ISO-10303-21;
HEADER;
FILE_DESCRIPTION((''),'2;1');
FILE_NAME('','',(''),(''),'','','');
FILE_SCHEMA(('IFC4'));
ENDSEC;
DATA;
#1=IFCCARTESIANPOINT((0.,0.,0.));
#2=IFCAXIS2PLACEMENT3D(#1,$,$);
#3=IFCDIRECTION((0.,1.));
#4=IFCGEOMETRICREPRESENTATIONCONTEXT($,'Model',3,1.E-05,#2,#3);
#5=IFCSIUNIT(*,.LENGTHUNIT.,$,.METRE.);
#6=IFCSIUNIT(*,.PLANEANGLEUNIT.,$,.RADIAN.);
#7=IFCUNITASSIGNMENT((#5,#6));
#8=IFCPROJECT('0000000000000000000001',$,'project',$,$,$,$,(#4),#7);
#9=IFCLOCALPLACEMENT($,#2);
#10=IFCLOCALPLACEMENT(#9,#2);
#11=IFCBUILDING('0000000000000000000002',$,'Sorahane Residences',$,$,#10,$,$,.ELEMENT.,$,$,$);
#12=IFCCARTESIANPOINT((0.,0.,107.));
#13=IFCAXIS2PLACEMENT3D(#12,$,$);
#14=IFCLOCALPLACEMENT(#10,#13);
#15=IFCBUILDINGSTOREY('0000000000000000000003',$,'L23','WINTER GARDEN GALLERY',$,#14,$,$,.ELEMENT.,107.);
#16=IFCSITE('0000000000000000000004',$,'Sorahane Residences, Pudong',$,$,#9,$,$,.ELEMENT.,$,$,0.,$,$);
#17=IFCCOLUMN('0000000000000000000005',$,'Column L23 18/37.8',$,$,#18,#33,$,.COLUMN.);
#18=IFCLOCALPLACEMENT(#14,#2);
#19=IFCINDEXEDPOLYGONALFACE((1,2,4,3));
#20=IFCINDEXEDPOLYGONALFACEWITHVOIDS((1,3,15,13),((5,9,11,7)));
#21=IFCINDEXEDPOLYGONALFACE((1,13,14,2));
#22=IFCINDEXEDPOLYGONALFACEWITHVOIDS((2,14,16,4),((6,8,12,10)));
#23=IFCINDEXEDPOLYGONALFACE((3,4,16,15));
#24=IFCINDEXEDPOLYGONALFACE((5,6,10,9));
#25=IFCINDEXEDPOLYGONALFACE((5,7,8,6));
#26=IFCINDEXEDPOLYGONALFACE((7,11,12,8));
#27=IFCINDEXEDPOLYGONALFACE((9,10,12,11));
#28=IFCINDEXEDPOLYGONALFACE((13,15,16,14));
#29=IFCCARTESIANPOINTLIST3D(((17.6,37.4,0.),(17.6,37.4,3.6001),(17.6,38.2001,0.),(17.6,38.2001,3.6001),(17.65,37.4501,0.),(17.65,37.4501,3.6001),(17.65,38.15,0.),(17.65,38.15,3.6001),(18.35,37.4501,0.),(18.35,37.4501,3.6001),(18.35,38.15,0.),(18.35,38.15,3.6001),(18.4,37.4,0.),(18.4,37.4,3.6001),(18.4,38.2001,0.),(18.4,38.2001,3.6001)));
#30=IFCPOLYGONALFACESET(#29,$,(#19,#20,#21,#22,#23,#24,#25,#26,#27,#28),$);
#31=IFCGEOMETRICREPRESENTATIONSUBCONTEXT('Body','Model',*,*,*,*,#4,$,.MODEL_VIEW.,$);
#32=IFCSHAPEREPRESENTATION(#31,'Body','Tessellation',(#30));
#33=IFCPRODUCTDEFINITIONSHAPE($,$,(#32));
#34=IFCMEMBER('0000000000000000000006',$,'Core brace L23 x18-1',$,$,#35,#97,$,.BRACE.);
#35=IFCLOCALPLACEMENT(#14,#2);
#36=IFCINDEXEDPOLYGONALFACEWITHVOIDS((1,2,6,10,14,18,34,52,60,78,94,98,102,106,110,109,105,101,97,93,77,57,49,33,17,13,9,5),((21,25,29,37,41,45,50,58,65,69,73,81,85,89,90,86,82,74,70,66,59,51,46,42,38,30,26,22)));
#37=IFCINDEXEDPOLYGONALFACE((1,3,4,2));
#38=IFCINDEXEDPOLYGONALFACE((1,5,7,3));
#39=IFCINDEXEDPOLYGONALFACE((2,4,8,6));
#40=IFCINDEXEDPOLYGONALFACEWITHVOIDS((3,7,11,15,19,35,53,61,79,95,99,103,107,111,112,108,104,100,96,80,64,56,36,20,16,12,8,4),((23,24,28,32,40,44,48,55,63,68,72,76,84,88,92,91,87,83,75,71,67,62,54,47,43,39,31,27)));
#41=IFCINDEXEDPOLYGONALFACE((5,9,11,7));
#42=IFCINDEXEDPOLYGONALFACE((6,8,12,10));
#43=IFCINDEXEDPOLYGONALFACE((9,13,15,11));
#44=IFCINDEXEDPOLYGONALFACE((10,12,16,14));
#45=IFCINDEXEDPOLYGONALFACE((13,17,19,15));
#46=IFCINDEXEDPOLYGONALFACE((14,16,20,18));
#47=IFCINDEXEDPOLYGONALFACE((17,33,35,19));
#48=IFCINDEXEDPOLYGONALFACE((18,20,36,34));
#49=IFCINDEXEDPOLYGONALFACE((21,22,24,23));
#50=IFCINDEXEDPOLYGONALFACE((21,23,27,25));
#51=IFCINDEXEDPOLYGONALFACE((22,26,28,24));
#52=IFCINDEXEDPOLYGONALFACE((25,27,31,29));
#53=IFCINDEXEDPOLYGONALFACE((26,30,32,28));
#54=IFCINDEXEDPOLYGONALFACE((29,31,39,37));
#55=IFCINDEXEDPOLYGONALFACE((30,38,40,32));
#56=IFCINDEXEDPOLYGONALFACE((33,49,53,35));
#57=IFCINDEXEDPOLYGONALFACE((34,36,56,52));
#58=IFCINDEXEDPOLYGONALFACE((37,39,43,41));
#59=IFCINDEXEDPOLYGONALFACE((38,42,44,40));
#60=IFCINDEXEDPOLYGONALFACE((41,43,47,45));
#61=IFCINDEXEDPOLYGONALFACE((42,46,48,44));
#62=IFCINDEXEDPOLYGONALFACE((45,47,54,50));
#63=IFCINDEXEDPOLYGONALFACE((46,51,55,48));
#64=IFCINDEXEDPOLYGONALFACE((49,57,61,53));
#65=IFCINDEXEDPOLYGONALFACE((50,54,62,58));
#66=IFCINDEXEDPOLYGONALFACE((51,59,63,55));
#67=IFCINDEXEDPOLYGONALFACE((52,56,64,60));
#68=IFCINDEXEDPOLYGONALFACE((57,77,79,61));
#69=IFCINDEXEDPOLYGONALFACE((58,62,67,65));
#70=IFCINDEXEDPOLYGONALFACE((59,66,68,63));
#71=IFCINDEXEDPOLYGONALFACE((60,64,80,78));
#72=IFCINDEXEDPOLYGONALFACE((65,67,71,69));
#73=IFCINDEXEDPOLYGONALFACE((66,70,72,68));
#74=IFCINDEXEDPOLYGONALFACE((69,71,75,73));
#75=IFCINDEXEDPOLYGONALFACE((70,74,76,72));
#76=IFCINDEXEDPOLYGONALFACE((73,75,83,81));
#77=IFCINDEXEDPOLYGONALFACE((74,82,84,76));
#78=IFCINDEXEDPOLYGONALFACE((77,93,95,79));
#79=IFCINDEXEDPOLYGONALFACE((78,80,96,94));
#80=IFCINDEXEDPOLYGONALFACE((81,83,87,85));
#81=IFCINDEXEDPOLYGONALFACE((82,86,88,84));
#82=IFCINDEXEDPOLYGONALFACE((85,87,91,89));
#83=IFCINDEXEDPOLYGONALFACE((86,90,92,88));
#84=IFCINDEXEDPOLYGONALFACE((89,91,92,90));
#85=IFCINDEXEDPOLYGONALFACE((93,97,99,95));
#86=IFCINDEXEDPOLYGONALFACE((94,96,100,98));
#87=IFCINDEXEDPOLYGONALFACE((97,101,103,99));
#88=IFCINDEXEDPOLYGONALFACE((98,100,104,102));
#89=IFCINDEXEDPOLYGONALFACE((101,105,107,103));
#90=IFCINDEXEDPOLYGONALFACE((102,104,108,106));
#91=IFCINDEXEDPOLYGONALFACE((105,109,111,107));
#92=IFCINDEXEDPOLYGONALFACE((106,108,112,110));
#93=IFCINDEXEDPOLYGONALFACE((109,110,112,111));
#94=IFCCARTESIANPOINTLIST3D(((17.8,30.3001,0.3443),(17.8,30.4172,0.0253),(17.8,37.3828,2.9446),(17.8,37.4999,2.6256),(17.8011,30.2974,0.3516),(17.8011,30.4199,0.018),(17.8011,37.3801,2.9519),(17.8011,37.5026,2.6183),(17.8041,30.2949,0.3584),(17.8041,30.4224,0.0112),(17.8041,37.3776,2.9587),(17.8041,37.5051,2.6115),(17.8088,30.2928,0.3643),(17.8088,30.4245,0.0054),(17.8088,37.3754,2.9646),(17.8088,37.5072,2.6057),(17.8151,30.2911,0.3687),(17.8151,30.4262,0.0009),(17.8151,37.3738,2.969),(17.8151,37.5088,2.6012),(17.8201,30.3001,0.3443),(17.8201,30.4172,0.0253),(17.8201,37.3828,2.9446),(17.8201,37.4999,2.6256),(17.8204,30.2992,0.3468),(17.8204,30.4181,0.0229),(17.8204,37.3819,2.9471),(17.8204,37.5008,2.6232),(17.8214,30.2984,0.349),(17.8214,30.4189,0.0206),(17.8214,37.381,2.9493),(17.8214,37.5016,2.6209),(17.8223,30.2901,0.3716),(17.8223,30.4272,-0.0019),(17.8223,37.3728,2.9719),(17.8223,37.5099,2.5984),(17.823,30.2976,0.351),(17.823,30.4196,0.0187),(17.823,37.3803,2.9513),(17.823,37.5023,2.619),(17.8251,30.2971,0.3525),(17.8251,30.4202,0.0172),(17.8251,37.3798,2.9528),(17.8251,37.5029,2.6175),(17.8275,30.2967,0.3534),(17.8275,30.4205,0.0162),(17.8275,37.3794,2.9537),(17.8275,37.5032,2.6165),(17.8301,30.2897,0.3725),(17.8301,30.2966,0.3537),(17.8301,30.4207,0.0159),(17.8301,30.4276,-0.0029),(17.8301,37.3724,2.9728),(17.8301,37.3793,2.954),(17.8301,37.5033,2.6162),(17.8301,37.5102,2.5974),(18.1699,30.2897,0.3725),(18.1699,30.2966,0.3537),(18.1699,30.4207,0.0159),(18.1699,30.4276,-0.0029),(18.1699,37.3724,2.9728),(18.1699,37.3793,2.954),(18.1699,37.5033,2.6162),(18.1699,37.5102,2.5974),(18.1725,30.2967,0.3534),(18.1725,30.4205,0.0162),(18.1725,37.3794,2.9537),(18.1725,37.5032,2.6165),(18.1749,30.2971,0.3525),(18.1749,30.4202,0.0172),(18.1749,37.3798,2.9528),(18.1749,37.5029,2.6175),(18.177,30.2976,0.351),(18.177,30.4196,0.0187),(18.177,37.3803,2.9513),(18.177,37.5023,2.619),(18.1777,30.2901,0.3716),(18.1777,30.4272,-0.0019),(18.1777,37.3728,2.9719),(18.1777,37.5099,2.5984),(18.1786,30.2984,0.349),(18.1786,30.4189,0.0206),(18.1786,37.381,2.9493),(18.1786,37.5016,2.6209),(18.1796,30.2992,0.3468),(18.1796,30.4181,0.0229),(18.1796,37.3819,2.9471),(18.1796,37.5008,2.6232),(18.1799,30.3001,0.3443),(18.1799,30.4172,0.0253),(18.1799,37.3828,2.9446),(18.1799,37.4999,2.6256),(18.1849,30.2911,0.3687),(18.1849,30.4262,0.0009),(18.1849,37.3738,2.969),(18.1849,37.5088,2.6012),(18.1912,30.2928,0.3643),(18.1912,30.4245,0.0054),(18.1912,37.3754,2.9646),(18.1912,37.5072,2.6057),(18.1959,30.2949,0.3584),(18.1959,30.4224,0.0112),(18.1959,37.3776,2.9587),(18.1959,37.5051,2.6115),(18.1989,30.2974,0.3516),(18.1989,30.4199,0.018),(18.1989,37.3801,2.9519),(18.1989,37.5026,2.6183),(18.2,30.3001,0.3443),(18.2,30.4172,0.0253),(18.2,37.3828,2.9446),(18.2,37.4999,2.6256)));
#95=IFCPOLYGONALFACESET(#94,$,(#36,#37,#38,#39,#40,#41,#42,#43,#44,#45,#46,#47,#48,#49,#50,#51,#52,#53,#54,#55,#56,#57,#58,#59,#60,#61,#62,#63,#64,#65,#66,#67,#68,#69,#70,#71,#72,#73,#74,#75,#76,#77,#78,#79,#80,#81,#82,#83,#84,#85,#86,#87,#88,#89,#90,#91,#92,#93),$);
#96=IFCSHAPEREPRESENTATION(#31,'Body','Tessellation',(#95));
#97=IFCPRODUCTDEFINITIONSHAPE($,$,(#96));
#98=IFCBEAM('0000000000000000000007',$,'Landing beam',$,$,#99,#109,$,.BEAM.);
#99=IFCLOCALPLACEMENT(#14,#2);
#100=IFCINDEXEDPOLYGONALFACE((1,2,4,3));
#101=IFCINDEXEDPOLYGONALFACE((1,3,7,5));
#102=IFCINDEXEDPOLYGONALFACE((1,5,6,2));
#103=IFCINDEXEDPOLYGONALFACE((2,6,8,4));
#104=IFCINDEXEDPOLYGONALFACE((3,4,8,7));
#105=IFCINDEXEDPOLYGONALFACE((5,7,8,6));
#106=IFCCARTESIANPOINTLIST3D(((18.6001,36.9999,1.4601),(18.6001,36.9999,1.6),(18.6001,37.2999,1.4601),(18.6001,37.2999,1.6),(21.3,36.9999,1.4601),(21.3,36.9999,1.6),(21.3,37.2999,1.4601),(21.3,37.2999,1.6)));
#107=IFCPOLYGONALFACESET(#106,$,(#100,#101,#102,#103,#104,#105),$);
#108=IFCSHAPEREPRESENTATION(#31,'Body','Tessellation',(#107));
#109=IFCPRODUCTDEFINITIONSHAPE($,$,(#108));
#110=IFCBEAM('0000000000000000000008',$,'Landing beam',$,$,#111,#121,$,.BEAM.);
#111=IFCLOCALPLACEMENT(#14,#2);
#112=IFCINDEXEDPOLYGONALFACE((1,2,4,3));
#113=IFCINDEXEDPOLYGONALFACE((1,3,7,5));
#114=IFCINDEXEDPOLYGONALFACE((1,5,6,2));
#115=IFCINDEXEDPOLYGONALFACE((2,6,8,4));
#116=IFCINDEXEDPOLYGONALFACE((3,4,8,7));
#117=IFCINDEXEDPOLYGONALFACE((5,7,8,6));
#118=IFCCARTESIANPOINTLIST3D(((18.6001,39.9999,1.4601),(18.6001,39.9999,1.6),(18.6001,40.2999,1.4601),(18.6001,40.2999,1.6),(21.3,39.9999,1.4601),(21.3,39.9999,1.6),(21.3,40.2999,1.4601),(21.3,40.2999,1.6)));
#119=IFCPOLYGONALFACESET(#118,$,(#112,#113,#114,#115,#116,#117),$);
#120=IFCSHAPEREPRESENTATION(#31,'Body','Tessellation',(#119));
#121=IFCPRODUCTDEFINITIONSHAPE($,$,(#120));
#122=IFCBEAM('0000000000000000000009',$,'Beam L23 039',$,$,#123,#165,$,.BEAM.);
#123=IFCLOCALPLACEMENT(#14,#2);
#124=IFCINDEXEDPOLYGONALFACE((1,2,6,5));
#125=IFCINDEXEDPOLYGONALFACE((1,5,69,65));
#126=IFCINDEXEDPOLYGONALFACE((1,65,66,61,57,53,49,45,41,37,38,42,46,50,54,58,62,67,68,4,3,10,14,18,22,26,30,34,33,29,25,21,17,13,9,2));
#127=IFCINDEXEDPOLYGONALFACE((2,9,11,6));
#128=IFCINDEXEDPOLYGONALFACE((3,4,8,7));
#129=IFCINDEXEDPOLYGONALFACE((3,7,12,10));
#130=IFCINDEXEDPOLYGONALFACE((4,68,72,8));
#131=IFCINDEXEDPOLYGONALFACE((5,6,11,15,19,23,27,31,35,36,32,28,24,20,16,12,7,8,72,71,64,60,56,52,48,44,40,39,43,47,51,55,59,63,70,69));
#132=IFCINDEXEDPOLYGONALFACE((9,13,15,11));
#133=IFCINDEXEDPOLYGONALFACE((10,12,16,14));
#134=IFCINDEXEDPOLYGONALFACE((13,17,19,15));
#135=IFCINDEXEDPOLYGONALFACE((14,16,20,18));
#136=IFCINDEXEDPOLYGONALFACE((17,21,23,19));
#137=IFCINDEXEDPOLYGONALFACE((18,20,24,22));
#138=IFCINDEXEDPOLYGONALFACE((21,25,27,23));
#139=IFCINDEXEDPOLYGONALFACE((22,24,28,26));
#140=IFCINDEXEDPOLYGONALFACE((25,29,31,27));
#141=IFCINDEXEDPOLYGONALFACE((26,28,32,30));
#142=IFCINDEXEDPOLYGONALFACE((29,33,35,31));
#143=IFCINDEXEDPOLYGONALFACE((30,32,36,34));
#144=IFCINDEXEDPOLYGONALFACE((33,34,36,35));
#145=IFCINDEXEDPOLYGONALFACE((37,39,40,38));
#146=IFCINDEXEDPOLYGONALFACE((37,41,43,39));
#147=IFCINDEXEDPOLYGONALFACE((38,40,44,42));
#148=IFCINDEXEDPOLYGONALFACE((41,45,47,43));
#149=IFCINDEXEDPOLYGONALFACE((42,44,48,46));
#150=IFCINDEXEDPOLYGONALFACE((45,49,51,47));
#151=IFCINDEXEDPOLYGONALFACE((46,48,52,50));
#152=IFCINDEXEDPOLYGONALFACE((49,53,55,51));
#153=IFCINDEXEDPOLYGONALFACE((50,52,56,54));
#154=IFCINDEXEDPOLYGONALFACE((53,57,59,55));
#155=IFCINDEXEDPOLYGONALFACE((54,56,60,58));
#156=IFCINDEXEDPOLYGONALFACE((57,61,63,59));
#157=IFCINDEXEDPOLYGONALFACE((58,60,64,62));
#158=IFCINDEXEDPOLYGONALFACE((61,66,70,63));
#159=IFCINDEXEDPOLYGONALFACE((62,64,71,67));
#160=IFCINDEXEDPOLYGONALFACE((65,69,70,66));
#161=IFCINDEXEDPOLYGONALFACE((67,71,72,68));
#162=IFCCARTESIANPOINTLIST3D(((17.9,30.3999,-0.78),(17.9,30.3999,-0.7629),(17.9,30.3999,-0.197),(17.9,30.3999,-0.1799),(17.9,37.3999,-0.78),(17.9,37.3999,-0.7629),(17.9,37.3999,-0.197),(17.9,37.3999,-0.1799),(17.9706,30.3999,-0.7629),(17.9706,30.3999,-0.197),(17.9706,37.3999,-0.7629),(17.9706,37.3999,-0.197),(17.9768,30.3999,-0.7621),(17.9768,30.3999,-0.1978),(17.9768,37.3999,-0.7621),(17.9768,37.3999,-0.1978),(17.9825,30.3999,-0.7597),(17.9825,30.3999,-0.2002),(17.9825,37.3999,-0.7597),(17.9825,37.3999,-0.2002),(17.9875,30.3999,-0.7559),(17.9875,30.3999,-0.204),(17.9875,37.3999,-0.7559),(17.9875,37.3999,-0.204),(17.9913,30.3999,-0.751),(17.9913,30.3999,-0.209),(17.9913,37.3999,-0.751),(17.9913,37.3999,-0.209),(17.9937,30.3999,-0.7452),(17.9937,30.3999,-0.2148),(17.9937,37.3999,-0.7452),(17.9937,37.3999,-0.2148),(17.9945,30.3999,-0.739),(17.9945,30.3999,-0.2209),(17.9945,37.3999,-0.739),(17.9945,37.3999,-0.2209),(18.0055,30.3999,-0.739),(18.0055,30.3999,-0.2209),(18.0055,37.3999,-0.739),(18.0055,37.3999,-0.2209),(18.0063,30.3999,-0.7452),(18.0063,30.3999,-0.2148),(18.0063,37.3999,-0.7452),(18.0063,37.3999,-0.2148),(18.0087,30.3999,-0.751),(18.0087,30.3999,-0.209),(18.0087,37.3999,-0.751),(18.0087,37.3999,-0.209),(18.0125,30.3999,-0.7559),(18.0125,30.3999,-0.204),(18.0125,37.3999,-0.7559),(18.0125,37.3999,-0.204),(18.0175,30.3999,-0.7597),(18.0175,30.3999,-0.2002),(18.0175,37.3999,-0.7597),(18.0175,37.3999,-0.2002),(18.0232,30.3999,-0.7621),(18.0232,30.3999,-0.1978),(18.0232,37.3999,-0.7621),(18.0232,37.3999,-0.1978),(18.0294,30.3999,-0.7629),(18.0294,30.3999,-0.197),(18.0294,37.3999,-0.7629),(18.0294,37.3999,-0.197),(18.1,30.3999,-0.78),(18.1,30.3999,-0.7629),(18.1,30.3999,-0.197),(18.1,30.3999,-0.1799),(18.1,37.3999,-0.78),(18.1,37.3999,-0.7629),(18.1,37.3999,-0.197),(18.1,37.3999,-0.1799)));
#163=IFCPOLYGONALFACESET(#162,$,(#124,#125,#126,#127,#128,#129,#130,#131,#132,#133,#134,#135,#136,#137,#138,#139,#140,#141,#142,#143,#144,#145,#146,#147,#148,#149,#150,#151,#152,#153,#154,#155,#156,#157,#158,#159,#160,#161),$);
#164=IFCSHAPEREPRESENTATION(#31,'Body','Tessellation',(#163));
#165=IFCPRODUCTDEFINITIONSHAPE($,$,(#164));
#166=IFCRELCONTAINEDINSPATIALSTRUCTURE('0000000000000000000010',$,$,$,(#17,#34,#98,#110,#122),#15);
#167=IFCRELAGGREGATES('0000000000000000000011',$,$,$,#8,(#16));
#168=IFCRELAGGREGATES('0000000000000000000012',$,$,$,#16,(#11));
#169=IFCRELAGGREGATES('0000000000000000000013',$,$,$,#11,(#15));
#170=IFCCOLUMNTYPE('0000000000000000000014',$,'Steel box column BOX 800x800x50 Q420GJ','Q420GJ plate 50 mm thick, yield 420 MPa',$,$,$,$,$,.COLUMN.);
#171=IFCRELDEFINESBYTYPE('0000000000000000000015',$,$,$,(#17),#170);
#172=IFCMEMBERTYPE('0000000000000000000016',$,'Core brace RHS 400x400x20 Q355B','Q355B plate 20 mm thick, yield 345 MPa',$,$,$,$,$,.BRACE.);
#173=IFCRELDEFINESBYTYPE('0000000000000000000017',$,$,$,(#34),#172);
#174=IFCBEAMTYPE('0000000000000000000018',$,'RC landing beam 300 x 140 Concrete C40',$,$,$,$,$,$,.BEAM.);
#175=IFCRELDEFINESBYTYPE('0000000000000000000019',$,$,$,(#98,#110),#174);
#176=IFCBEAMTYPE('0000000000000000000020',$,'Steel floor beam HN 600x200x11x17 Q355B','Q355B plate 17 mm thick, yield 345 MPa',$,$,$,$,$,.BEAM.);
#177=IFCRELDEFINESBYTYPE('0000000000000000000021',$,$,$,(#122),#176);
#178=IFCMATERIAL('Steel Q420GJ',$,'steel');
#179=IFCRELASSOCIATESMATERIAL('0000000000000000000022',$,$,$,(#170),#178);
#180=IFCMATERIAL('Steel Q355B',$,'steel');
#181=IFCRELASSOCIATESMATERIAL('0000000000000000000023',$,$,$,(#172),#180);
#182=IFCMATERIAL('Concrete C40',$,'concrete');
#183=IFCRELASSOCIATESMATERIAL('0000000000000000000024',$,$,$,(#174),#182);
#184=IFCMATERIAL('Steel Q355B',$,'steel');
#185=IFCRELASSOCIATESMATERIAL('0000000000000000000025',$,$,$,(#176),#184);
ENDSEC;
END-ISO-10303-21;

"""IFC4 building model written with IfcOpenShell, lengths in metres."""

from ifc_helpers import new_model, si_unit, direction, frame, origin, origin_2d, place, context, subcontext, project, spatial, rectangle, hollow_rectangle, i_section, extrude, material, material_profile, profile_set, type_object, element, save


model = new_model("IFC4")

# Units and contexts
model_context = context("Model", 3, precision=1e-05, world=origin(), true_north=direction((0.0, 1.0)))
body_context = subcontext(model_context, "Body", "Model", "MODEL_VIEW")
ifc_project = project(units=[si_unit("LENGTHUNIT", "METRE"), si_unit("PLANEANGLEUNIT", "RADIAN")], contexts=[model_context])

# Site, building, storey
site_placement = place(None, origin())
site = spatial("IfcSite", under=ifc_project, at=site_placement, Name="Sorahane Residences, Pudong", CompositionType="ELEMENT", RefElevation=0.0)
building_placement = place(site_placement, origin())
building = spatial("IfcBuilding", under=site, at=building_placement, Name="Sorahane Residences", CompositionType="ELEMENT")
storey_placement = place(building_placement, frame((0.0, 0.0, 107.0)))
storey = spatial("IfcBuildingStorey", under=building, at=storey_placement, Name="L23", Description="WINTER GARDEN GALLERY", CompositionType="ELEMENT", Elevation=107.0)

# Column
ifc_material_1 = material(Name="Steel Q420GJ", Category="steel")
ifc_material_profile_1 = material_profile(ifc_material_1, hollow_rectangle(XDim=0.8, YDim=0.8, WallThickness=0.05, at=origin_2d()), Name="BOX 800x800x50")
ifc_profile_set_1 = profile_set([ifc_material_profile_1], Name="Steel Q420GJ")
column_type = type_object("IfcColumnType", Name="Steel box column BOX 800x800x50 Q420GJ", Description="Q420GJ plate 50 mm thick, yield 420 MPa", PredefinedType="COLUMN", material=ifc_profile_set_1)
column_placement = place(storey_placement, frame((18.0, 37.8, 0.0), z_axis=(0.0, 0.0, 1.0), x_axis=(1.0, 0.0, 0.0)))
element("IfcColumn", 1, at=column_placement, inside=storey, type_object=column_type, Name="Column L23 18/37.8", PredefinedType="COLUMN", context=body_context, shape_type="SweptSolid", body=[
    extrude(hollow_rectangle(XDim=0.8, YDim=0.8, WallThickness=0.05, at=origin_2d()), origin(), (0.0, 0.0, 1.0), 3.6001),
])

# Member
ifc_material_2 = material(Name="Steel Q355B", Category="steel")
ifc_material_profile_2 = material_profile(ifc_material_2, hollow_rectangle(XDim=0.3999, YDim=0.3999, WallThickness=0.02, InnerFilletRadius=0.01, OuterFilletRadius=0.03, at=origin_2d()), Name="RHS 400x400x20")
ifc_profile_set_2 = profile_set([ifc_material_profile_2], Name="Steel Q355B")
member_type = type_object("IfcMemberType", Name="Core brace RHS 400x400x20 Q355B", Description="Q355B plate 20 mm thick, yield 345 MPa", PredefinedType="BRACE", material=ifc_profile_set_2)
member_placement = place(storey_placement, frame((18.0, 30.3586, 0.1848), z_axis=(0.0, 0.938734, 0.344643), x_axis=(-1.0, 0.0, 0.0)))
element("IfcMember", 2, at=member_placement, inside=storey, type_object=member_type, Name="Core brace L23 x18-1", PredefinedType="BRACE", context=body_context, shape_type="SweptSolid", body=[
    extrude(hollow_rectangle(XDim=0.3999, YDim=0.3999, WallThickness=0.02, InnerFilletRadius=0.01, OuterFilletRadius=0.03, at=origin_2d()), origin(), (0.0, 0.0, 1.0), 7.5449),
])

# Beams
ifc_material_3 = material(Name="Concrete C40", Category="concrete")
ifc_material_profile_3 = material_profile(ifc_material_3, rectangle(XDim=0.3, YDim=0.1399, at=origin_2d()), Name="300x140")
ifc_profile_set_3 = profile_set([ifc_material_profile_3], Name="Concrete C40")
beam_type_1 = type_object("IfcBeamType", Name="RC landing beam 300 x 140 Concrete C40", PredefinedType="BEAM", material=ifc_profile_set_3)
for number, where, z_axis, x_axis, name in (
    (3, (18.6001, 37.1499, 1.53), (1.0, 0.0, 0.0), (0.0, 1.0, 0.0), "Landing beam"),
    (4, (18.6001, 40.1499, 1.53), (1.0, 0.0, 0.0), (0.0, 1.0, 0.0), "Landing beam"),
):
    element("IfcBeam", number, at=place(storey_placement, frame(where, z_axis=z_axis, x_axis=x_axis)), inside=storey, type_object=beam_type_1, Name=name, PredefinedType="BEAM", context=body_context, shape_type="SweptSolid", body=[
        extrude(rectangle(XDim=0.3, YDim=0.1399, at=origin_2d()), origin(), (0.0, 0.0, 1.0), 2.7),
    ])
ifc_material_4 = material(Name="Steel Q355B", Category="steel")
ifc_material_profile_4 = material_profile(ifc_material_4, i_section(OverallWidth=0.2, OverallDepth=0.6001, WebThickness=0.011, FlangeThickness=0.0171, FilletRadius=0.0239, at=origin_2d()), Name="HN 600x200x11x17")
ifc_profile_set_4 = profile_set([ifc_material_profile_4], Name="Steel Q355B")
beam_type_2 = type_object("IfcBeamType", Name="Steel floor beam HN 600x200x11x17 Q355B", Description="Q355B plate 17 mm thick, yield 345 MPa", PredefinedType="BEAM", material=ifc_profile_set_4)
for number, where, z_axis, x_axis, name in (
    (5, (18.0, 30.3999, -0.48), (0.0, 1.0, 0.0), (-1.0, 0.0, 0.0), "Beam L23 039"),
):
    element("IfcBeam", number, at=place(storey_placement, frame(where, z_axis=z_axis, x_axis=x_axis)), inside=storey, type_object=beam_type_2, Name=name, PredefinedType="BEAM", context=body_context, shape_type="SweptSolid", body=[
        extrude(i_section(OverallWidth=0.2, OverallDepth=0.6001, WebThickness=0.011, FlangeThickness=0.0171, FilletRadius=0.0239, at=origin_2d()), origin(), (0.0, 0.0, 1.0), 7.0),
    ])

save(model, "model.ifc")
